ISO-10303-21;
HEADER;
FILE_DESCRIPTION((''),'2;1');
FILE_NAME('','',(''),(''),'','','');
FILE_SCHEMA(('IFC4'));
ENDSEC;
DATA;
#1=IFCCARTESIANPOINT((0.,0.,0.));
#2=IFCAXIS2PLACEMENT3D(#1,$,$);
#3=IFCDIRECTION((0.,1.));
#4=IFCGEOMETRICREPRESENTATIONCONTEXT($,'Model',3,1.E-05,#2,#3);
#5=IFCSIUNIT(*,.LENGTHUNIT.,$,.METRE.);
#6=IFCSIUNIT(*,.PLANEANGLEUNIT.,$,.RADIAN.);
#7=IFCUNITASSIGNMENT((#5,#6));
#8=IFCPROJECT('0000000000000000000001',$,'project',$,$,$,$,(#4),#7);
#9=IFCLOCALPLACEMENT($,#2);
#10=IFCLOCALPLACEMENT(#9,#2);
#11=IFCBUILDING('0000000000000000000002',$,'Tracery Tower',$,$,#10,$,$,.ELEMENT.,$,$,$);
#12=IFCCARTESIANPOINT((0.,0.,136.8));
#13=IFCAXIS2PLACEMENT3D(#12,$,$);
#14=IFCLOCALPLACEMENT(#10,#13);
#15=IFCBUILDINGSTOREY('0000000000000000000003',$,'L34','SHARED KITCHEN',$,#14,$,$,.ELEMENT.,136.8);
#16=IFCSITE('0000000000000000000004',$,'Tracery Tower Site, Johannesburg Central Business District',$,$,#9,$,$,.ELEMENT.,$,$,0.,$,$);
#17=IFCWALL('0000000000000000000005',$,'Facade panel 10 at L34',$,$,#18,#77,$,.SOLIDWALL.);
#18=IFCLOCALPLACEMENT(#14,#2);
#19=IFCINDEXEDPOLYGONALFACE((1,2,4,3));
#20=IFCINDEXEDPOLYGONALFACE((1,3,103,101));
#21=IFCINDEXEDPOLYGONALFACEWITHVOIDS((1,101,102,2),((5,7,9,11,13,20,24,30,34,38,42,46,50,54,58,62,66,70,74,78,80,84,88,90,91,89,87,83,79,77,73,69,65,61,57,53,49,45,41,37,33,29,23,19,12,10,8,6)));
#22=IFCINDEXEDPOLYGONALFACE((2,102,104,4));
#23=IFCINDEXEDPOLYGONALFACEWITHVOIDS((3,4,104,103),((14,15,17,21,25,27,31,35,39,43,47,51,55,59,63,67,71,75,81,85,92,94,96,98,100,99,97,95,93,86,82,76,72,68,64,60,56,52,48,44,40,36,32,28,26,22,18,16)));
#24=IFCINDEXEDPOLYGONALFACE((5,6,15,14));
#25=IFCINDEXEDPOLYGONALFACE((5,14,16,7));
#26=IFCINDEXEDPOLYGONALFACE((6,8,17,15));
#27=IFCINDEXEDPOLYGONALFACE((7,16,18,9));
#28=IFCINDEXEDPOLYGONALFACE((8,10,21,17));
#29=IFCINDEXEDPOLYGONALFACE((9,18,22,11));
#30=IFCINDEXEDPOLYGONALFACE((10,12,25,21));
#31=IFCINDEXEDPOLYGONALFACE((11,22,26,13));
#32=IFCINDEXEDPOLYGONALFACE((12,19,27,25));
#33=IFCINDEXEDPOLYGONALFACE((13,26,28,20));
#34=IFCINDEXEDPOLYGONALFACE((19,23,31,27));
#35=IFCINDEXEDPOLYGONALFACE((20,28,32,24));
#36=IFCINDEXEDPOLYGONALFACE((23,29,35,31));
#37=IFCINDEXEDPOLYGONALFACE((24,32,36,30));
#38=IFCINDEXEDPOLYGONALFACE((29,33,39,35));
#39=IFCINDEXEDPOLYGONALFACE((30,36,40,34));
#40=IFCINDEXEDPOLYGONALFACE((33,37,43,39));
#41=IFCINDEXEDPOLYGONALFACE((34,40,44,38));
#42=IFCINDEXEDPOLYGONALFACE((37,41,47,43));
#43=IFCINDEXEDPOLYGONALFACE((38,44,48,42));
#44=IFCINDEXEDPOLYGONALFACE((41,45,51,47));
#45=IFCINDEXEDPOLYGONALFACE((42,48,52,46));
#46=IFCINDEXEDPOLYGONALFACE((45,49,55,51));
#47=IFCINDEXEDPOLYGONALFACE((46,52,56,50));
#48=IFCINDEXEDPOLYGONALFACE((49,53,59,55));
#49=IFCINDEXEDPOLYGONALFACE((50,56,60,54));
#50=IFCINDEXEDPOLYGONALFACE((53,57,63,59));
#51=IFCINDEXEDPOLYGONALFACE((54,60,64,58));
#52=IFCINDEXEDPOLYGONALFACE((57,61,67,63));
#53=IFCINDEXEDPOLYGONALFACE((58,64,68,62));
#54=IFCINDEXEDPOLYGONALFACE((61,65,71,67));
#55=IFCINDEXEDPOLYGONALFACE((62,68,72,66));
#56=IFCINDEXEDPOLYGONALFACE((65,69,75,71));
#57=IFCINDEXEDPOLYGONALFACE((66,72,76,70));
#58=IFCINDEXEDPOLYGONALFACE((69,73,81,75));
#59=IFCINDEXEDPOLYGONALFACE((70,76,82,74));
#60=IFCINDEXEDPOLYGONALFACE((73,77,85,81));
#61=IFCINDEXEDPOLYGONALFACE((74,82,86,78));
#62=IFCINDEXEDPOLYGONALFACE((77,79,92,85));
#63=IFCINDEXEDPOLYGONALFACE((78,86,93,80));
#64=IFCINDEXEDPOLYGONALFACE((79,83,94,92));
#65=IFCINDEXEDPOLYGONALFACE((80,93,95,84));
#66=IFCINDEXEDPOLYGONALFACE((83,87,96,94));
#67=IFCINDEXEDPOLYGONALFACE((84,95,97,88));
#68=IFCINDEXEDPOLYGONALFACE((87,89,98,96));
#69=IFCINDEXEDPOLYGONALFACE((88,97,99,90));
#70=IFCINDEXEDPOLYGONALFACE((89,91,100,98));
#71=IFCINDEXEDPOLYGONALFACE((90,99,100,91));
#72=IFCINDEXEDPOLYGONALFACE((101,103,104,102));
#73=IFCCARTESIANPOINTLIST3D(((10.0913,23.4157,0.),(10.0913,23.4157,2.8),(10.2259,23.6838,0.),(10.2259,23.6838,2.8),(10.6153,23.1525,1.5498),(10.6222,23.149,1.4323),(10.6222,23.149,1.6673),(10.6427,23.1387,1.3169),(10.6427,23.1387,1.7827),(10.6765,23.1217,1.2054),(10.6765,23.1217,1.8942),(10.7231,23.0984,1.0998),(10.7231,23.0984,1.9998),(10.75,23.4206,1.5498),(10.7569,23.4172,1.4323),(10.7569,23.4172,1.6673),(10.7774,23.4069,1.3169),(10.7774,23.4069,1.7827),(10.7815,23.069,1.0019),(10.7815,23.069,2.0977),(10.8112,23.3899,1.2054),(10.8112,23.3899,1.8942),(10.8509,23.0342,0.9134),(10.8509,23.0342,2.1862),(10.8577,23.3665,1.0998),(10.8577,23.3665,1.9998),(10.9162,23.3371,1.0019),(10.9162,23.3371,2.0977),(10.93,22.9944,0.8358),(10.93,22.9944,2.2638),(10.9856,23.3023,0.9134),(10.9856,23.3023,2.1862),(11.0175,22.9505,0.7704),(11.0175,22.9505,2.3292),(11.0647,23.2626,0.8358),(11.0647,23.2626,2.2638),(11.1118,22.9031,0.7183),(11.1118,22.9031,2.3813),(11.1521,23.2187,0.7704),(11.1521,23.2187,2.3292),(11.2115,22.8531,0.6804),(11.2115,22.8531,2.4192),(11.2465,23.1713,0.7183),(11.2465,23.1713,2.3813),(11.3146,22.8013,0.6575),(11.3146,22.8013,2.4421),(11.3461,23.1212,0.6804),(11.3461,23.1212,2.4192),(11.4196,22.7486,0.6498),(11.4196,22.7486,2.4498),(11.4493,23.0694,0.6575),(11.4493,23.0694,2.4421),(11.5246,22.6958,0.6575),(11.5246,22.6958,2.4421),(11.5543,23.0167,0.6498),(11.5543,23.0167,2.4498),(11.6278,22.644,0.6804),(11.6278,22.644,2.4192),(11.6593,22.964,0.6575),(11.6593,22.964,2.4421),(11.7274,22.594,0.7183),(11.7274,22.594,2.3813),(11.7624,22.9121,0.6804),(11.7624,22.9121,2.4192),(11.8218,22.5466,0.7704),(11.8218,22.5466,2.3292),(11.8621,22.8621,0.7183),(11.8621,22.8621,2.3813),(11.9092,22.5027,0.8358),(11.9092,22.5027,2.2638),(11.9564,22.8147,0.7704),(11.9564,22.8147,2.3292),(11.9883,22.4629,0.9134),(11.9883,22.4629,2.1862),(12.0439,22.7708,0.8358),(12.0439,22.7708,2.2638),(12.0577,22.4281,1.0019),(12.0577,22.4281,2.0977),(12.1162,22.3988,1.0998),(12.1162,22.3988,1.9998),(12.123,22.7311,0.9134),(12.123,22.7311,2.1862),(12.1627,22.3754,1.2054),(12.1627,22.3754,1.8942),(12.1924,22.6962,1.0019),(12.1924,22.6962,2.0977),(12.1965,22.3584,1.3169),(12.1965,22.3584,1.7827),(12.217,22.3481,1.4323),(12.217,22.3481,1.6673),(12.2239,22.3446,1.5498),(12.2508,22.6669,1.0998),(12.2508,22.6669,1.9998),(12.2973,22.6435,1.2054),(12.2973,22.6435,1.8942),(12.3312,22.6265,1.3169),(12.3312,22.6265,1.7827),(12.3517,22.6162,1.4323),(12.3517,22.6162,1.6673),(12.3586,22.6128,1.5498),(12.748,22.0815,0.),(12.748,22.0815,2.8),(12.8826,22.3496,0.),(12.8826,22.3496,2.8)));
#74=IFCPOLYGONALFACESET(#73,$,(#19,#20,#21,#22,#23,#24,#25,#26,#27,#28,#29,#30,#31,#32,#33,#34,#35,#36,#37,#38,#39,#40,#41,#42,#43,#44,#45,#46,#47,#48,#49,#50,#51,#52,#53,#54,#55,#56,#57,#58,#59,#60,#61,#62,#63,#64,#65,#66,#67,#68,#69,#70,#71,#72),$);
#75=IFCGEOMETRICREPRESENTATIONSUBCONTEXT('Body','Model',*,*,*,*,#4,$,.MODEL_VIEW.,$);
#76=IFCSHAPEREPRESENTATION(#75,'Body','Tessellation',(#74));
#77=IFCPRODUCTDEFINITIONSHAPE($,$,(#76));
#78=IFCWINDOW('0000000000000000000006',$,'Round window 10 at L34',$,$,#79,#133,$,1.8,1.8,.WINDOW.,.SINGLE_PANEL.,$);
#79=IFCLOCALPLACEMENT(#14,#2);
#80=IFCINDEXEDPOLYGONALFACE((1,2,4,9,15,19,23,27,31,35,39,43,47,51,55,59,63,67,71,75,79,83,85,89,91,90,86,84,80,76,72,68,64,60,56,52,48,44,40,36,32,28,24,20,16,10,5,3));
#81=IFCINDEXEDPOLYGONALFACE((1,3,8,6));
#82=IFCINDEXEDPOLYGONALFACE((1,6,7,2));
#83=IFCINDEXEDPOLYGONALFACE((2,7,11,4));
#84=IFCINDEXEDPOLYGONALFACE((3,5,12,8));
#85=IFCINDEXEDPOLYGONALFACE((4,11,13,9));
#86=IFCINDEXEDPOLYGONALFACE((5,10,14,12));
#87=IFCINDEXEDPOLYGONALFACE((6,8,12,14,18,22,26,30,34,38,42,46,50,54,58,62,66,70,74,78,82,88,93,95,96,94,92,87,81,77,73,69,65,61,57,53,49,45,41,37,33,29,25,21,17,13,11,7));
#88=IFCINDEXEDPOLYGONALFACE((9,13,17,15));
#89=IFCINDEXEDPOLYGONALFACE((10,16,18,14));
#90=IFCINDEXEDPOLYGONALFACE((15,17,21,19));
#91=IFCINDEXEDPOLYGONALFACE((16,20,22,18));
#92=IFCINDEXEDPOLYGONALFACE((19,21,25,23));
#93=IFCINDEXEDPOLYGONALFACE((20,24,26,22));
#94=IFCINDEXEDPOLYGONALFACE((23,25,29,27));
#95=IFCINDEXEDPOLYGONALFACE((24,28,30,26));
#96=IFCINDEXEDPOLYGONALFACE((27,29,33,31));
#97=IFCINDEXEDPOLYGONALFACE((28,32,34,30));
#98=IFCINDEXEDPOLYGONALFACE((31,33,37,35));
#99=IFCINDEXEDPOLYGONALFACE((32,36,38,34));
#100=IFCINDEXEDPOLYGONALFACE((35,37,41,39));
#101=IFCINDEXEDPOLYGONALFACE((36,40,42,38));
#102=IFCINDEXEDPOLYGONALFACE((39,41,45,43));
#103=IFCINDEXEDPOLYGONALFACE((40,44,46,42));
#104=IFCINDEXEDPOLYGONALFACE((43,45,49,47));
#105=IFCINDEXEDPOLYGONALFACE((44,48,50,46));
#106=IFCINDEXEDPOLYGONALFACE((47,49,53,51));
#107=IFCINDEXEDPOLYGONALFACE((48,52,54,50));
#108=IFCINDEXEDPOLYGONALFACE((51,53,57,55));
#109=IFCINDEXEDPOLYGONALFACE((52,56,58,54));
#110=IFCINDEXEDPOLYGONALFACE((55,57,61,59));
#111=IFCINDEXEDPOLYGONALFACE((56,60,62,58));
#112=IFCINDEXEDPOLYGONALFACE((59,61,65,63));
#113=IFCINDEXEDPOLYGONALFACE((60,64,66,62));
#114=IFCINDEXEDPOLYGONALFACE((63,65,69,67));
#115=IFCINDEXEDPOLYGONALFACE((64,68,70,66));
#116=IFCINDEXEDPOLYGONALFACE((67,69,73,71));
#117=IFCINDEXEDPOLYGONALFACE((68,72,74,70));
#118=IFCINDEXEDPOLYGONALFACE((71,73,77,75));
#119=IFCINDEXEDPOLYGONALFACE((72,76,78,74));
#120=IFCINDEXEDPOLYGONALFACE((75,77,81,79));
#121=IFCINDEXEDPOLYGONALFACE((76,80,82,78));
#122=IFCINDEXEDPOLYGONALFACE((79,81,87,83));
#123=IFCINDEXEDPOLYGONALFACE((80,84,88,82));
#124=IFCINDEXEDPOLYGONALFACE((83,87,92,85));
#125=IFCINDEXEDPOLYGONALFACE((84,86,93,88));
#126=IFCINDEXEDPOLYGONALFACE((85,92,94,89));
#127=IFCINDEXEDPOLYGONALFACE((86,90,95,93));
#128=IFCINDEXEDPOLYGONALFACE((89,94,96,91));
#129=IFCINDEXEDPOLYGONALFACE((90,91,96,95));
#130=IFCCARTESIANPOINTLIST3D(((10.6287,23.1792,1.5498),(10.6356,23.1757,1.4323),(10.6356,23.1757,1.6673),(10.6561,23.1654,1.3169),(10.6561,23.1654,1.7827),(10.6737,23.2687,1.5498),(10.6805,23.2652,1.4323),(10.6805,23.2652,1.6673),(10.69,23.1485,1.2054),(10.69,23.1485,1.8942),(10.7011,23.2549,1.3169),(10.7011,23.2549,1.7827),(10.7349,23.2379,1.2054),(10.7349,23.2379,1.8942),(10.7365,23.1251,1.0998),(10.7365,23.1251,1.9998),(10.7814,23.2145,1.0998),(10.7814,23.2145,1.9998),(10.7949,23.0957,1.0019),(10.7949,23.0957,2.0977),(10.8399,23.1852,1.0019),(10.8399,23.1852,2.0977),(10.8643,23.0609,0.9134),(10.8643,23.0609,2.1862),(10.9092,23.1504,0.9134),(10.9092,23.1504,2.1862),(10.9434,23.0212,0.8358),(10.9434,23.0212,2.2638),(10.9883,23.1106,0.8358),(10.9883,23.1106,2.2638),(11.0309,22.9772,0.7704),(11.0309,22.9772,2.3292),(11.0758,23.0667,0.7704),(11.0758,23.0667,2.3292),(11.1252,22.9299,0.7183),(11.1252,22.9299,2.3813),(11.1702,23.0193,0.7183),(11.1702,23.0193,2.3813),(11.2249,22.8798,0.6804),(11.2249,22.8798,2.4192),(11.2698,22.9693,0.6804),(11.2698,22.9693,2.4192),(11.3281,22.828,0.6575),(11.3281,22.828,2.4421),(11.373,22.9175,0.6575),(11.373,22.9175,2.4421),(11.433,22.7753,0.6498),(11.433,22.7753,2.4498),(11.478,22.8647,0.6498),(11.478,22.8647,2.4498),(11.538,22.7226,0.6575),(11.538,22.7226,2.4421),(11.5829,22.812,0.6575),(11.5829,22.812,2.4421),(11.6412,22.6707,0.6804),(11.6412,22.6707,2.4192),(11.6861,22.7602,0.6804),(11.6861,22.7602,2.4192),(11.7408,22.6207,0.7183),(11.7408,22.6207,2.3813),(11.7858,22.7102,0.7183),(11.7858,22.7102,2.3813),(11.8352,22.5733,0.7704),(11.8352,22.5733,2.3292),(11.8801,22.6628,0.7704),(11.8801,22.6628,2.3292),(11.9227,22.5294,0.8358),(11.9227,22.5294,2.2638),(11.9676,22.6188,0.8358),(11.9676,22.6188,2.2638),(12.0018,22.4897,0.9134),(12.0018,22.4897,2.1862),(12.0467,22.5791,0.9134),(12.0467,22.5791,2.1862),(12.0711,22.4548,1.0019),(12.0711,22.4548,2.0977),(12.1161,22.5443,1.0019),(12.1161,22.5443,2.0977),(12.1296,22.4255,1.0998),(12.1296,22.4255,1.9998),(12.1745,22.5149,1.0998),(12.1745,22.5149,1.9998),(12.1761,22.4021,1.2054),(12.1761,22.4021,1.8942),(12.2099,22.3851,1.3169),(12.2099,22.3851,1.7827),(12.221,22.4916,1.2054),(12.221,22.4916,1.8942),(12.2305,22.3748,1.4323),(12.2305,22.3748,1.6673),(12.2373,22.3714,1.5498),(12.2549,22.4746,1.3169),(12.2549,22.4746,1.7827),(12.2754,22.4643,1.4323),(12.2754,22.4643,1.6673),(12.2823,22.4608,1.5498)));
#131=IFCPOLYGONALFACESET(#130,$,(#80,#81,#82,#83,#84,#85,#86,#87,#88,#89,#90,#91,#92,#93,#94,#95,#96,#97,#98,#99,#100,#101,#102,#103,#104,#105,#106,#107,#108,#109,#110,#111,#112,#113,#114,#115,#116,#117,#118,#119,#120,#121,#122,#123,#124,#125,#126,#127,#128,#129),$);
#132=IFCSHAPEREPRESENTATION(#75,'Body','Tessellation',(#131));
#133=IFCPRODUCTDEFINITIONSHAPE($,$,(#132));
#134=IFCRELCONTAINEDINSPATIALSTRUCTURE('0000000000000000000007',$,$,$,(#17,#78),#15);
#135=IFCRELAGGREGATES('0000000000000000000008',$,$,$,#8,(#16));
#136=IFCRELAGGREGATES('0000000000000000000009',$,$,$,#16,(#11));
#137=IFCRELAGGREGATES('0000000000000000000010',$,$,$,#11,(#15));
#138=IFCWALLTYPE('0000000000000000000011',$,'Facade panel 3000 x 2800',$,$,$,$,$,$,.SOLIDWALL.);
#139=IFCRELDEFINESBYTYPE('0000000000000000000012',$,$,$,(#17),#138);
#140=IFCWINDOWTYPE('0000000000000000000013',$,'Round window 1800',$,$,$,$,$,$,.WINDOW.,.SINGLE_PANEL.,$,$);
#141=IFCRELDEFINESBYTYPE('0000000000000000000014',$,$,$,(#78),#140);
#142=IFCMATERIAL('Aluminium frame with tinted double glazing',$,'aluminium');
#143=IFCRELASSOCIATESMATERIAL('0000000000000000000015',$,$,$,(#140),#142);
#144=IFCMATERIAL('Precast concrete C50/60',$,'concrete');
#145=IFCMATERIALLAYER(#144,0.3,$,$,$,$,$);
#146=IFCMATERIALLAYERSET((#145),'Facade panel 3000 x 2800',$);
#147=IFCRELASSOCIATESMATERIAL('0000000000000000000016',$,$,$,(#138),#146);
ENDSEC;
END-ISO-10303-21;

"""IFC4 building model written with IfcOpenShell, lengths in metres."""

from ifc_helpers import new_model, si_unit, direction, frame, frame_2d, origin, origin_2d, place, context, subcontext, project, spatial, rectangle, circle, extrude, material, layer, layer_set, type_object, element, fill, save


model = new_model("IFC4")

# Units and contexts
model_context = context("Model", 3, precision=1e-05, world=origin(), true_north=direction((0.0, 1.0)))
body_context = subcontext(model_context, "Body", "Model", "MODEL_VIEW")
ifc_project = project(units=[si_unit("LENGTHUNIT", "METRE"), si_unit("PLANEANGLEUNIT", "RADIAN")], contexts=[model_context])

# Site, building, storey
site_placement = place(None, origin())
site = spatial("IfcSite", under=ifc_project, at=site_placement, Name="Tracery Tower Site, Johannesburg Central Business District", CompositionType="ELEMENT", RefElevation=0.0)
building_placement = place(site_placement, origin())
building = spatial("IfcBuilding", under=site, at=building_placement, Name="Tracery Tower", CompositionType="ELEMENT")
storey_placement = place(building_placement, frame((0.0, 0.0, 136.8)))
storey = spatial("IfcBuildingStorey", under=building, at=storey_placement, Name="L34", Description="SHARED KITCHEN", CompositionType="ELEMENT", Elevation=136.8)

# Wall, opening, window
ifc_material_1 = material(Name="Aluminium frame with tinted double glazing", Category="aluminium")
window_type = type_object("IfcWindowType", Name="Round window 1800", PartitioningType="SINGLE_PANEL", PredefinedType="WINDOW", material=ifc_material_1)
ifc_material_2 = material(Name="Precast concrete C50/60", Category="concrete")
ifc_layer_1 = layer(ifc_material_2, 0.3)
ifc_layer_set_1 = layer_set([ifc_layer_1], Name="Facade panel 3000 x 2800")
wall_type_1 = type_object("IfcWallType", Name="Facade panel 3000 x 2800", PredefinedType="SOLIDWALL", material=ifc_layer_set_1)
wall_1_placement = place(storey_placement, frame((12.8152, 22.2156, 0.0), z_axis=(0.0, 0.0, 1.0), x_axis=(-0.893637, 0.44879, 0.0)))
wall_1 = element("IfcWall", 1, at=wall_1_placement, inside=storey, type_object=wall_type_1, Name="Facade panel 10 at L34", PredefinedType="SOLIDWALL", context=body_context, shape_type="SweptSolid", body=[
    extrude(rectangle(XDim=2.9729, YDim=0.3, at=frame_2d((1.4863, 0.0))), origin(), (0.0, 0.0, 1.0), 2.8),
])
opening_1_placement = place(wall_1_placement, frame((1.4863, 0.0, 1.5498)))
opening_1 = element("IfcOpeningElement", 2, at=opening_1_placement, cuts=wall_1, PredefinedType="OPENING", context=body_context, shape_type="SweptSolid", body=[
    extrude(circle(Radius=0.9, at=origin_2d()), frame((0.0, 0.1599, 0.0), z_axis=(0.0, -1.0, 0.0), x_axis=(1.0, 0.0, 0.0)), (0.0, 0.0, 1.0), 0.3201),
])
window_1_placement = place(opening_1_placement, origin())
window_1 = element("IfcWindow", 3, at=window_1_placement, inside=storey, type_object=window_type, Name="Round window 10 at L34", OverallHeight=1.8, OverallWidth=1.8, PartitioningType="SINGLE_PANEL", PredefinedType="WINDOW", context=body_context, shape_type="SweptSolid", body=[
    extrude(circle(Radius=0.9, at=origin_2d()), frame((0.0, 0.1201, 0.0), z_axis=(0.0, -1.0, 0.0), x_axis=(1.0, 0.0, 0.0)), (0.0, 0.0, 1.0), 0.1001),
])
fill(opening_1, window_1)

save(model, "model.ifc")
